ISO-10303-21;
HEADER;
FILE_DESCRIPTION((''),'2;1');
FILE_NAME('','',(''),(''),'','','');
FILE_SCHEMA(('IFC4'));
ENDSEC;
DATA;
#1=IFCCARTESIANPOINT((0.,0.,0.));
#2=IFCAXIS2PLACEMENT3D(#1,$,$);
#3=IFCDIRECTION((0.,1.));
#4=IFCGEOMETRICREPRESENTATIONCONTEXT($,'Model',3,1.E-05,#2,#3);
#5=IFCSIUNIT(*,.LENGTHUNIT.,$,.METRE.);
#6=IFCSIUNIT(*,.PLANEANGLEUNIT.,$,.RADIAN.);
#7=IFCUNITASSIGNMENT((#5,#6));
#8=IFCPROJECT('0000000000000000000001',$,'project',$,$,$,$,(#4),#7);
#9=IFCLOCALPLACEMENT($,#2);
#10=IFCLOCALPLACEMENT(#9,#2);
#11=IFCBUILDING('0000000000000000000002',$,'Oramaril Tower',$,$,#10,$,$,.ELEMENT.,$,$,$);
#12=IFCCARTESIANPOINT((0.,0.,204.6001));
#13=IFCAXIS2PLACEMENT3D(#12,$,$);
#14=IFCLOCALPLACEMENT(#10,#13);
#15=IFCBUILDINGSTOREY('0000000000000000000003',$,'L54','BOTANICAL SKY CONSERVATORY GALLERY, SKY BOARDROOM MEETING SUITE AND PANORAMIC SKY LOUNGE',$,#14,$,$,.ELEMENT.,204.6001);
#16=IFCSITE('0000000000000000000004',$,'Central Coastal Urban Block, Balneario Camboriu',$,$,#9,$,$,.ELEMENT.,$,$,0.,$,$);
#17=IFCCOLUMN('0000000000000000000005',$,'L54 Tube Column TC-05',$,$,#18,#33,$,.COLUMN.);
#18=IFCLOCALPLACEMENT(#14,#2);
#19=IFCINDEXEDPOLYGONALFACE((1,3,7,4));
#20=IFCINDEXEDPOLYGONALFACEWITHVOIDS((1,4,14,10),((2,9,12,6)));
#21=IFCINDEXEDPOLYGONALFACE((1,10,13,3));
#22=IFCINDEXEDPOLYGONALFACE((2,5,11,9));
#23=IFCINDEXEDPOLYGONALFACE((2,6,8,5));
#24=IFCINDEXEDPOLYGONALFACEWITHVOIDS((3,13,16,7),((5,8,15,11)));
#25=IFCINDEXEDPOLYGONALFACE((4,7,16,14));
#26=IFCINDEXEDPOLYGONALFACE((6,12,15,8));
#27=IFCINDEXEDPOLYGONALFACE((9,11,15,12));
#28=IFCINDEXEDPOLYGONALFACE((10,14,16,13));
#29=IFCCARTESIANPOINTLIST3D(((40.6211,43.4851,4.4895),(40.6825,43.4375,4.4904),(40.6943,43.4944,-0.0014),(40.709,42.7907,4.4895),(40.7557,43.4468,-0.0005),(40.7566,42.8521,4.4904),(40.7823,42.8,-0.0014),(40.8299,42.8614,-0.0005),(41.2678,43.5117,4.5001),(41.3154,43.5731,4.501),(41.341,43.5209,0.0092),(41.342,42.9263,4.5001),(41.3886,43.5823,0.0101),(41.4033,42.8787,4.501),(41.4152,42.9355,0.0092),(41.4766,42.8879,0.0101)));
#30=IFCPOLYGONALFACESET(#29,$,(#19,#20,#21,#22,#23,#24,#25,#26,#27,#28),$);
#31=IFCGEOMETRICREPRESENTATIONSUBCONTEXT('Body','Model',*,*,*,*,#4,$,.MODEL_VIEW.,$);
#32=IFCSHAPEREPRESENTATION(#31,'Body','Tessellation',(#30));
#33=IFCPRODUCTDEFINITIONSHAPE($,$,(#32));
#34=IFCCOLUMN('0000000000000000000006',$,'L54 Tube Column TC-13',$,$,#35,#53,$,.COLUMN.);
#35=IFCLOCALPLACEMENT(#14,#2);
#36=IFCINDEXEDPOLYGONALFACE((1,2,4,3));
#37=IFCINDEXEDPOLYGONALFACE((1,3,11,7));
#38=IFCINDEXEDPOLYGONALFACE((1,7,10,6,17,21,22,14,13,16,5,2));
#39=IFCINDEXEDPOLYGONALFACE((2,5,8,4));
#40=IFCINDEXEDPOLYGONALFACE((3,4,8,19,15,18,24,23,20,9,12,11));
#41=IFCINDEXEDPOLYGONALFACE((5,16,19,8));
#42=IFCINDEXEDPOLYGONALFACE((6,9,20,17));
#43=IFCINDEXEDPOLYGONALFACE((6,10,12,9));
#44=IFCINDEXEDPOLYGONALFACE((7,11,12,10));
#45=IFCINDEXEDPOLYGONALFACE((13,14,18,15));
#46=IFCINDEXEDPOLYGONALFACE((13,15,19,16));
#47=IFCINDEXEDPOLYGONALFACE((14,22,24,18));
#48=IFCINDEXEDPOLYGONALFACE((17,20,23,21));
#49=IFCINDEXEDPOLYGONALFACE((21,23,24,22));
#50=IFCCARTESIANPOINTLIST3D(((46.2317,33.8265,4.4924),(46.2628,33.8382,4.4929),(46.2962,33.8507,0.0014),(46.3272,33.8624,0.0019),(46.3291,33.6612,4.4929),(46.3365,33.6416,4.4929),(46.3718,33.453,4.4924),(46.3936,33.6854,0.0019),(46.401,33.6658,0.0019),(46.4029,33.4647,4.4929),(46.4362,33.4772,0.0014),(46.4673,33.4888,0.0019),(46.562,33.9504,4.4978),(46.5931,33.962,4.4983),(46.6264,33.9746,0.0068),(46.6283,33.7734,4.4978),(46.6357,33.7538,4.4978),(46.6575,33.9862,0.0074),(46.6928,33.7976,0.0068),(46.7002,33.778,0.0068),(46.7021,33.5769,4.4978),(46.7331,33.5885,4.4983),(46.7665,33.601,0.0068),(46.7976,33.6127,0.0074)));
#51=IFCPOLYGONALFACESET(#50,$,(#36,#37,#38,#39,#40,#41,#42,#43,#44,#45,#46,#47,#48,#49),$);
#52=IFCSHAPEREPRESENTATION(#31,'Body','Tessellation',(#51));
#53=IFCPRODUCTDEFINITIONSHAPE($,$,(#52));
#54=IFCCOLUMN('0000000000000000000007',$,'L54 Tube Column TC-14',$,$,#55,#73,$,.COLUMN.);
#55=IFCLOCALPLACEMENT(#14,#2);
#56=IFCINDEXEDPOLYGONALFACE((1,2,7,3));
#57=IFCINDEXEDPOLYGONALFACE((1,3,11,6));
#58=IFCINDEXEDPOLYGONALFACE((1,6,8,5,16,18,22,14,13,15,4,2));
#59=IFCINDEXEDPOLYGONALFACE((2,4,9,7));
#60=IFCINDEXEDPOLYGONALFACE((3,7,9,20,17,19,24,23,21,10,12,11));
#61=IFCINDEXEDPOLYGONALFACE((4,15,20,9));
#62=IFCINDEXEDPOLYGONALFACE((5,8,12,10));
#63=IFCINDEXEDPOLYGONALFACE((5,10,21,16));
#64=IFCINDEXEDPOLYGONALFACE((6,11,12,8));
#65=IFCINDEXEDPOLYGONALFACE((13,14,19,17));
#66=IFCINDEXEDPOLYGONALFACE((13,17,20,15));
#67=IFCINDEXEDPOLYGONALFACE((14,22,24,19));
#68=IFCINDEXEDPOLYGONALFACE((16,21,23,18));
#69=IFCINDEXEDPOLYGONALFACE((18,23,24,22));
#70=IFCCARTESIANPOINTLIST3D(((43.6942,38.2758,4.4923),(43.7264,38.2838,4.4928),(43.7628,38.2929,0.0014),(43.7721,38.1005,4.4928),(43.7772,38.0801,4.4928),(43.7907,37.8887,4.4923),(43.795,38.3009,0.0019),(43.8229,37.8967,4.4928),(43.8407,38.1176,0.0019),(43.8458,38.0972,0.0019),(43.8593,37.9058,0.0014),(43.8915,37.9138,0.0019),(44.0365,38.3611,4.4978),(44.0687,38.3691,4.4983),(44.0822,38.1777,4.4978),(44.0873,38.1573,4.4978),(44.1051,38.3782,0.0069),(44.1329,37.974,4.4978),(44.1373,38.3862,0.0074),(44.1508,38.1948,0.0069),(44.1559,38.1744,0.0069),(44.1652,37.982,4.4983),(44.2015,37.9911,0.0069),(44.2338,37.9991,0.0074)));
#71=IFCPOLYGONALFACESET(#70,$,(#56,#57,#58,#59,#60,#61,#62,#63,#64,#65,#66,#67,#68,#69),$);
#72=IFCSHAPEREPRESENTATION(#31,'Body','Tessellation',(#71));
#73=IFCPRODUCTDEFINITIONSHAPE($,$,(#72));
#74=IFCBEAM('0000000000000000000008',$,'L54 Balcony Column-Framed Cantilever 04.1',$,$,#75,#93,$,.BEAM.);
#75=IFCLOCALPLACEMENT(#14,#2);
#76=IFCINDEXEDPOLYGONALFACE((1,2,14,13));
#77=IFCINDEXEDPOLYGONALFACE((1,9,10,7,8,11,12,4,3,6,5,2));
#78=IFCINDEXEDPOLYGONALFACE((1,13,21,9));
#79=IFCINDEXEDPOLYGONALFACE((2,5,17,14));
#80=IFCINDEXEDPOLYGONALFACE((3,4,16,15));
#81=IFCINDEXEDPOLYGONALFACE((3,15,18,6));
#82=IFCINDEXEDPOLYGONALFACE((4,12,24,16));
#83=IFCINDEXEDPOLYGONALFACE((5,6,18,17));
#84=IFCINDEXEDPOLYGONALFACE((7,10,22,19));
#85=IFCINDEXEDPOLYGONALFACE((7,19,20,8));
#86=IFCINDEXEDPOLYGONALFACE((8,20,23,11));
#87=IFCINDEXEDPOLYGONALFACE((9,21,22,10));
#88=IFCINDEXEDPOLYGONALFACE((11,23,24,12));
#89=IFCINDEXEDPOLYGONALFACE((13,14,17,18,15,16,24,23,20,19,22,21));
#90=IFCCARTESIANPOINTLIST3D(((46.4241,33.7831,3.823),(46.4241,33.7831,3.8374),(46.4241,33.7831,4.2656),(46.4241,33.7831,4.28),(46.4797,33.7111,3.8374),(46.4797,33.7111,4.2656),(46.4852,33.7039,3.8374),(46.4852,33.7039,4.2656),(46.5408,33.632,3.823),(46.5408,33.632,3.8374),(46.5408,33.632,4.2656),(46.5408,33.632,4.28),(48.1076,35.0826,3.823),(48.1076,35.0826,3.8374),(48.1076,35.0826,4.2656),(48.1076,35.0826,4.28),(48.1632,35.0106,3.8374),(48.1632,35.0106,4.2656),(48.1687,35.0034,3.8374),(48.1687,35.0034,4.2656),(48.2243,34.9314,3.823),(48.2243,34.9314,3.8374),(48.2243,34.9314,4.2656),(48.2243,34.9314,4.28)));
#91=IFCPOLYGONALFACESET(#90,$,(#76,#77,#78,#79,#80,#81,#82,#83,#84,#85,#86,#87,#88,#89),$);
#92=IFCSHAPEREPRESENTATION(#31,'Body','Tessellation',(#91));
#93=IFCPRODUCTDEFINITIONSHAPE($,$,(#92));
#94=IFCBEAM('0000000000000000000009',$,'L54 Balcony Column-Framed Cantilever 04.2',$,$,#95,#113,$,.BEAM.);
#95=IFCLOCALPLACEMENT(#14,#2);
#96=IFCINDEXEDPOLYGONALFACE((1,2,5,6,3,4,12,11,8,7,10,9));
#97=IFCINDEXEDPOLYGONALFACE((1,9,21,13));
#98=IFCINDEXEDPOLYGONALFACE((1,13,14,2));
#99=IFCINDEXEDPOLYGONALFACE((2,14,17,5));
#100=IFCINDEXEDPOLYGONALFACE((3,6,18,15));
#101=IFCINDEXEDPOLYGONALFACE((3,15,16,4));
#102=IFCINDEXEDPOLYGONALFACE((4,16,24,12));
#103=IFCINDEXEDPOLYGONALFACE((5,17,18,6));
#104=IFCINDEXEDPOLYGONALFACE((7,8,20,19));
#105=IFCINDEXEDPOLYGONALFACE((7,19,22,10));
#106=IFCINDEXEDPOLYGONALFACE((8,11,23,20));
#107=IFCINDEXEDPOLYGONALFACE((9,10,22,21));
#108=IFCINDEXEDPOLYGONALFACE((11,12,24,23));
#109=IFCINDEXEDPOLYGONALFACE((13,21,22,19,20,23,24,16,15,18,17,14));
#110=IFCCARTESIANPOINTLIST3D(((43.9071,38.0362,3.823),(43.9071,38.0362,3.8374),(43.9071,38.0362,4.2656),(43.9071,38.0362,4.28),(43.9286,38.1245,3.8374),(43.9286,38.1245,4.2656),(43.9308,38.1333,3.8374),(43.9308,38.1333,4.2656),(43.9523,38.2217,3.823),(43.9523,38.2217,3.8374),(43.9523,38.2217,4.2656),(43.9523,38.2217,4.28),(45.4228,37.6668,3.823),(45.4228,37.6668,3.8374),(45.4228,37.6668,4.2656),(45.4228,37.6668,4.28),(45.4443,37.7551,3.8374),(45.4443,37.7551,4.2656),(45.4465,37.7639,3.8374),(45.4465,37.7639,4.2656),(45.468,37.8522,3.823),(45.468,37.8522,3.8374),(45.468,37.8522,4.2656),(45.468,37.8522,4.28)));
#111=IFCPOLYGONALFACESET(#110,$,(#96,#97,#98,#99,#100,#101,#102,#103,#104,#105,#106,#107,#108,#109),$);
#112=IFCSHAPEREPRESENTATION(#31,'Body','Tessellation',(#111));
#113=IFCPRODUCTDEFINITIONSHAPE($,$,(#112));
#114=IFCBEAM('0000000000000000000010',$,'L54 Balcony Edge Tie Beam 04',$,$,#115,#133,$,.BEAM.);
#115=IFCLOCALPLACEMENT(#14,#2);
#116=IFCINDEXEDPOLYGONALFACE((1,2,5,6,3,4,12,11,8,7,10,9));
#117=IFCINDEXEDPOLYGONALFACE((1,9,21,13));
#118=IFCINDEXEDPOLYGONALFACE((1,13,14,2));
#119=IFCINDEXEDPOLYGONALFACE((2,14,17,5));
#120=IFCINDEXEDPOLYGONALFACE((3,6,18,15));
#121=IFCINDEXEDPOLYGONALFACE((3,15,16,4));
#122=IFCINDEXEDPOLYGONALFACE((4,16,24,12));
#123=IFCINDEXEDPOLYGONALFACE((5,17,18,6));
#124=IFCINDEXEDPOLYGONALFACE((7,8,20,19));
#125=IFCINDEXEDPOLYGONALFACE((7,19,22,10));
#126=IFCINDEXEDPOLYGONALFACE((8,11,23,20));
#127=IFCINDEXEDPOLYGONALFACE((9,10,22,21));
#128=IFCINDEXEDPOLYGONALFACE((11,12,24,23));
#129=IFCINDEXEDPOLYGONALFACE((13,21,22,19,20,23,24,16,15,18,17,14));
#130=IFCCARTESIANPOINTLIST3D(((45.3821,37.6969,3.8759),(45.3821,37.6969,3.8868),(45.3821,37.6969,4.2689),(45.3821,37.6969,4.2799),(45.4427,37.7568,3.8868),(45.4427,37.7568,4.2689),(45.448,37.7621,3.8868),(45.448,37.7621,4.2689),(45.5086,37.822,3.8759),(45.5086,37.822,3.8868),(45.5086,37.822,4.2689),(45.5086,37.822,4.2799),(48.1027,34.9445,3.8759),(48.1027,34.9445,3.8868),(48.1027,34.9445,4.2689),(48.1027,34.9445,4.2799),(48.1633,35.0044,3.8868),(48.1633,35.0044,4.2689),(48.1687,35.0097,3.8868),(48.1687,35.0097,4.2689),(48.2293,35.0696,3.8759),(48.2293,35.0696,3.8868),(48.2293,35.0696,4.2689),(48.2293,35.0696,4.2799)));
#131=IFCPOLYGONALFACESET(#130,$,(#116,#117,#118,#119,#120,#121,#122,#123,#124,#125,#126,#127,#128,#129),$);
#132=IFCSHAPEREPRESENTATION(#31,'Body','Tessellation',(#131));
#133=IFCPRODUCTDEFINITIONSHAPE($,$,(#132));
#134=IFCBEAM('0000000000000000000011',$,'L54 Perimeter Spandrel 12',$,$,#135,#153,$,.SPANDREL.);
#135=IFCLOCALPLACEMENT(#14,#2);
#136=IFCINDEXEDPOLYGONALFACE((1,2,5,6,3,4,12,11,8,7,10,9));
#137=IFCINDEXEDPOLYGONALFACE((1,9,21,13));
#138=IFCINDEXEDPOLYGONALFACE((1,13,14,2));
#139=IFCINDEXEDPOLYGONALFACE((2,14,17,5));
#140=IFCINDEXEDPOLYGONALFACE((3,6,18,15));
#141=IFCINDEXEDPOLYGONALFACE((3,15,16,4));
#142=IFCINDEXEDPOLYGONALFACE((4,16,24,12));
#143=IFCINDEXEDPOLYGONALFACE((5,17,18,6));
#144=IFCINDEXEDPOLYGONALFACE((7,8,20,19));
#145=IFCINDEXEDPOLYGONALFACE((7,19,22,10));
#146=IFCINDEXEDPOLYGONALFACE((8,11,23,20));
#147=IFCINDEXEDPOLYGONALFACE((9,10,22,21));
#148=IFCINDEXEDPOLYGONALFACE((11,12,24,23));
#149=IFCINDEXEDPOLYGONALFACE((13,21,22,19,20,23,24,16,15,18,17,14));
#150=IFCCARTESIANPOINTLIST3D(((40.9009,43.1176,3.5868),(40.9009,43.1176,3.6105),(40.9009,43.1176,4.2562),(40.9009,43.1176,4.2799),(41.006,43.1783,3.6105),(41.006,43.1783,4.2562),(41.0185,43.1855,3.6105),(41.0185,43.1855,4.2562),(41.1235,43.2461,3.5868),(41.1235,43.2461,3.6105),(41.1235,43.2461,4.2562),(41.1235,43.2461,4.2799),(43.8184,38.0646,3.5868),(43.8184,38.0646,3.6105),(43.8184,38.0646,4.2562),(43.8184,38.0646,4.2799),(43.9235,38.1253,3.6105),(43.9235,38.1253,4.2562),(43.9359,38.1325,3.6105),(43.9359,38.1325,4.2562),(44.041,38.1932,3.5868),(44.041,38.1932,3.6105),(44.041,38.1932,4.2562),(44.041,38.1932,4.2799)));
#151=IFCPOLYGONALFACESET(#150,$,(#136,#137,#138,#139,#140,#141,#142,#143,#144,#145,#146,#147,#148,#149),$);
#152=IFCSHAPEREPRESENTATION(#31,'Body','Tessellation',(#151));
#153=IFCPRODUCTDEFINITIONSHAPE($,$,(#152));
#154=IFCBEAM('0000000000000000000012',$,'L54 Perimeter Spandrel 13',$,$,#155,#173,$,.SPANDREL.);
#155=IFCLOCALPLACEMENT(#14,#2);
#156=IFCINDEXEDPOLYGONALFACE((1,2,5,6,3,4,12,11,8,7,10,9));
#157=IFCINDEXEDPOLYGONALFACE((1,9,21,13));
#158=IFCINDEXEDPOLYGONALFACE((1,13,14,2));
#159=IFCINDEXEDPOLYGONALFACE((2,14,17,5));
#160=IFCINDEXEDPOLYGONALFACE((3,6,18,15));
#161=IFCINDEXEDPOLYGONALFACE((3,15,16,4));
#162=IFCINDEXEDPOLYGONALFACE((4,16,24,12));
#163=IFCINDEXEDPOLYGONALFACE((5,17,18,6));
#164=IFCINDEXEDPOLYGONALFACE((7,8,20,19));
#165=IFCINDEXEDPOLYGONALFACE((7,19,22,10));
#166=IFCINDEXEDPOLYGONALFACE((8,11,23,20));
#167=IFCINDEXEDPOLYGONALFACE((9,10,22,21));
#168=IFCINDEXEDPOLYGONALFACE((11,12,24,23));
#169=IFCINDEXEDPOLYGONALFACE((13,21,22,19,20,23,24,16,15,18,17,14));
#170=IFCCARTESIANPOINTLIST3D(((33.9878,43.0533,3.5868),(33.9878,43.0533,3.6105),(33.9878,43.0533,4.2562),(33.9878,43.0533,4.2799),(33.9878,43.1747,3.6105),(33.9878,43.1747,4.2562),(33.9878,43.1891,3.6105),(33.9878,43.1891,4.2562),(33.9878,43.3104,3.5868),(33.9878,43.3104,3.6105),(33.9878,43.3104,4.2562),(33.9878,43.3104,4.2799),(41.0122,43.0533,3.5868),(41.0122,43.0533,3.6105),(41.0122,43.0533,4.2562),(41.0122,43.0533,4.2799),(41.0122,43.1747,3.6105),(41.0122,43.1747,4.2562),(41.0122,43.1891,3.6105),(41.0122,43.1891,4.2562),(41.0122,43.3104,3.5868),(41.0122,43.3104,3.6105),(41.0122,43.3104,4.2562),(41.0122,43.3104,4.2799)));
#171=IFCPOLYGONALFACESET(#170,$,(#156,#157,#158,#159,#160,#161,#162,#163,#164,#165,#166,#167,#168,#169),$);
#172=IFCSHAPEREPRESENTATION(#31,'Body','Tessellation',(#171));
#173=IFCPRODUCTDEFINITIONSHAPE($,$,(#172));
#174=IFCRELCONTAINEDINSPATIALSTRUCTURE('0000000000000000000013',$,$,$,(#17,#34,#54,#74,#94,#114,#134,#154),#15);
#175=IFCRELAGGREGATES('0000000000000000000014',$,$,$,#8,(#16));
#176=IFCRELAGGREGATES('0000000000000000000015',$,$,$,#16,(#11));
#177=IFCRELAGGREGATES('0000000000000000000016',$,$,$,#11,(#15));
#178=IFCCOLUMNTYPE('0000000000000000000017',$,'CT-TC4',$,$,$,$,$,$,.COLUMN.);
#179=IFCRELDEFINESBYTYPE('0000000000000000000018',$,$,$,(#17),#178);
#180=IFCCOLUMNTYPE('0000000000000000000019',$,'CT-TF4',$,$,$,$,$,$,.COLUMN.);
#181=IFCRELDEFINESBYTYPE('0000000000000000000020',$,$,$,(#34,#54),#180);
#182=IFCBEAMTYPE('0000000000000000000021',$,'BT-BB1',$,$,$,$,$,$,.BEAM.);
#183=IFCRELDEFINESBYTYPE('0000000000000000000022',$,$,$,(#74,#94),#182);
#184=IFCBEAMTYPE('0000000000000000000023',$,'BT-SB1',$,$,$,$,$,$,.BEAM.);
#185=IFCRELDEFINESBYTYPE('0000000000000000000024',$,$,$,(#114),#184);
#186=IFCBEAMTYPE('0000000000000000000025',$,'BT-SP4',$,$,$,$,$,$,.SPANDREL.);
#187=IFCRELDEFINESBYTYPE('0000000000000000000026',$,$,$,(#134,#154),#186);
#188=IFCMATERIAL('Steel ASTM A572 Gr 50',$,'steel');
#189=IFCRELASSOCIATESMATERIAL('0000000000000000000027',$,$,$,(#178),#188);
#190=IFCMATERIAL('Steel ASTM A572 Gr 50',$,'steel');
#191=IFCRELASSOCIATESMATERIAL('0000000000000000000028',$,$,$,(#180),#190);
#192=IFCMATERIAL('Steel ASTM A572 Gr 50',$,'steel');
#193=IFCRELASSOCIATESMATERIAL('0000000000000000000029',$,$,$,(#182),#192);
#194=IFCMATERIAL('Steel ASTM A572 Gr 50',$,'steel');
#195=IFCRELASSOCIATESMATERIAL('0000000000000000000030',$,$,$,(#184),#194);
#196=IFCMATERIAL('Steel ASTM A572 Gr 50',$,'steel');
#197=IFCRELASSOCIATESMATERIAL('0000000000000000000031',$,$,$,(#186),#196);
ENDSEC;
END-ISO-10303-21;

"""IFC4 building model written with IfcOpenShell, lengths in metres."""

from ifc_helpers import new_model, si_unit, direction, frame, origin, origin_2d, place, context, subcontext, project, spatial, hollow_rectangle, i_section, extrude, material, material_profile, profile_set, type_object, element, save


model = new_model("IFC4")

# Units and contexts
model_context = context("Model", 3, precision=1e-05, world=origin(), true_north=direction((0.0, 1.0)))
body_context = subcontext(model_context, "Body", "Model", "MODEL_VIEW")
ifc_project = project(units=[si_unit("LENGTHUNIT", "METRE"), si_unit("PLANEANGLEUNIT", "RADIAN")], contexts=[model_context])

# Site, building, storey
site_placement = place(None, origin())
site = spatial("IfcSite", under=ifc_project, at=site_placement, Name="Central Coastal Urban Block, Balneario Camboriu", CompositionType="ELEMENT", RefElevation=0.0)
building_placement = place(site_placement, origin())
building = spatial("IfcBuilding", under=site, at=building_placement, Name="Oramaril Tower", CompositionType="ELEMENT")
storey_placement = place(building_placement, frame((0.0, 0.0, 204.6001)))
storey = spatial("IfcBuildingStorey", under=building, at=storey_placement, Name="L54", Description="BOTANICAL SKY CONSERVATORY GALLERY, SKY BOARDROOM MEETING SUITE AND PANORAMIC SKY LOUNGE", CompositionType="ELEMENT", Elevation=204.6001)

# Columns
ifc_material_1 = material(Name="Steel ASTM A572 Gr 50", Category="steel")
ifc_material_profile_1 = material_profile(ifc_material_1, hollow_rectangle(XDim=0.7, YDim=0.7, WallThickness=0.0549, at=origin_2d()), Name="BOX700X700X55")
ifc_profile_set_1 = profile_set([ifc_material_profile_1], Name="Steel ASTM A572 Gr 50")
column_type_1 = type_object("IfcColumnType", Name="CT-TC4", PredefinedType="COLUMN", material=ifc_profile_set_1)
column_placement = place(storey_placement, frame((41.0854, 43.1912, 0.0044), z_axis=(-0.016307, -0.002065, 0.999865), x_axis=(0.125663, -0.992073, 0.0)))
element("IfcColumn", 1, at=column_placement, inside=storey, type_object=column_type_1, Name="L54 Tube Column TC-05", PredefinedType="COLUMN", context=body_context, shape_type="SweptSolid", body=[
    extrude(hollow_rectangle(XDim=0.7, YDim=0.7, WallThickness=0.0549, at=origin_2d()), origin(), (0.0, 0.0, 1.0), 4.4915),
])
ifc_material_2 = material(Name="Steel ASTM A572 Gr 50", Category="steel")
ifc_material_profile_2 = material_profile(ifc_material_2, i_section(OverallWidth=0.3989, OverallDepth=0.386, WebThickness=0.021, FlangeThickness=0.0332, at=origin_2d()), Name="W14X176")
ifc_profile_set_2 = profile_set([ifc_material_profile_2], Name="Steel ASTM A572 Gr 50")
column_type_2 = type_object("IfcColumnType", Name="CT-TF4", PredefinedType="COLUMN", material=ifc_profile_set_2)
for number, where, z_axis, x_axis, name in (
    (2, (46.5469, 33.7317, 0.0044), (-0.01435, -0.005381, 0.999883), (0.351123, -0.936329, 0.0), "L54 Tube Column TC-13"),
    (3, (43.9983, 38.146, 0.0044), (-0.015274, -0.003805, 0.999876), (0.241723, -0.970345, 0.0), "L54 Tube Column TC-14"),
):
    element("IfcColumn", number, at=place(storey_placement, frame(where, z_axis=z_axis, x_axis=x_axis)), inside=storey, type_object=column_type_2, Name=name, PredefinedType="COLUMN", context=body_context, shape_type="SweptSolid", body=[
        extrude(i_section(OverallWidth=0.3989, OverallDepth=0.386, WebThickness=0.021, FlangeThickness=0.0332, at=origin_2d()), origin(), (0.0, 0.0, 1.0), 4.4915),
    ])

# Beams
ifc_material_3 = material(Name="Steel ASTM A572 Gr 50", Category="steel")
ifc_material_profile_3 = material_profile(ifc_material_3, i_section(OverallWidth=0.1909, OverallDepth=0.457, WebThickness=0.009, FlangeThickness=0.0144, at=origin_2d()), Name="W18X50")
ifc_profile_set_3 = profile_set([ifc_material_profile_3], Name="Steel ASTM A572 Gr 50")
beam_type_1 = type_object("IfcBeamType", Name="BT-BB1", PredefinedType="BEAM", material=ifc_profile_set_3)
beam_1_placement = place(storey_placement, frame((46.4824, 33.7075, 4.0515), z_axis=(0.791603, 0.611036, 0.0), x_axis=(-0.611036, 0.791603, 0.0)))
element("IfcBeam", 4, at=beam_1_placement, inside=storey, type_object=beam_type_1, Name="L54 Balcony Column-Framed Cantilever 04.1", PredefinedType="BEAM", context=body_context, shape_type="SweptSolid", body=[
    extrude(i_section(OverallWidth=0.1909, OverallDepth=0.457, WebThickness=0.009, FlangeThickness=0.0144, at=origin_2d()), origin(), (0.0, 0.0, 1.0), 2.1267),
])
beam_2_placement = place(storey_placement, frame((43.9297, 38.1289, 4.0515), z_axis=(0.971562, -0.236787, 0.0), x_axis=(0.236787, 0.971562, 0.0)))
element("IfcBeam", 5, at=beam_2_placement, inside=storey, type_object=beam_type_1, Name="L54 Balcony Column-Framed Cantilever 04.2", PredefinedType="BEAM", context=body_context, shape_type="SweptSolid", body=[
    extrude(i_section(OverallWidth=0.1909, OverallDepth=0.457, WebThickness=0.009, FlangeThickness=0.0144, at=origin_2d()), origin(), (0.0, 0.0, 1.0), 1.5601),
])
ifc_material_4 = material(Name="Steel ASTM A572 Gr 50", Category="steel")
ifc_material_profile_4 = material_profile(ifc_material_4, i_section(OverallWidth=0.178, OverallDepth=0.4041, WebThickness=0.0076, FlangeThickness=0.011, at=origin_2d()), Name="W16X36")
ifc_profile_set_4 = profile_set([ifc_material_profile_4], Name="Steel ASTM A572 Gr 50")
beam_type_2 = type_object("IfcBeamType", Name="BT-SB1", PredefinedType="BEAM", material=ifc_profile_set_4)
beam_3_placement = place(storey_placement, frame((48.166, 35.0071, 4.0779), z_axis=(-0.702995, 0.711195, 0.0), x_axis=(-0.711195, -0.702995, 0.0)))
element("IfcBeam", 6, at=beam_3_placement, inside=storey, type_object=beam_type_2, Name="L54 Balcony Edge Tie Beam 04", PredefinedType="BEAM", context=body_context, shape_type="SweptSolid", body=[
    extrude(i_section(OverallWidth=0.178, OverallDepth=0.4041, WebThickness=0.0076, FlangeThickness=0.011, at=origin_2d()), origin(), (0.0, 0.0, 1.0), 3.8701),
])
ifc_material_5 = material(Name="Steel ASTM A572 Gr 50", Category="steel")
ifc_material_profile_5 = material_profile(ifc_material_5, i_section(OverallWidth=0.2571, OverallDepth=0.6931, WebThickness=0.0144, FlangeThickness=0.0237, at=origin_2d()), Name="W27X114")
ifc_profile_set_5 = profile_set([ifc_material_profile_5], Name="Steel ASTM A572 Gr 50")
beam_type_3 = type_object("IfcBeamType", Name="BT-SP4", PredefinedType="SPANDREL", material=ifc_profile_set_5)
beam_4_placement = place(storey_placement, frame((43.9297, 38.1289, 3.9333), z_axis=(-0.500018, 0.866015, 0.0), x_axis=(-0.866015, -0.500018, 0.0)))
element("IfcBeam", 7, at=beam_4_placement, inside=storey, type_object=beam_type_3, Name="L54 Perimeter Spandrel 12", PredefinedType="SPANDREL", context=body_context, shape_type="SweptSolid", body=[
    extrude(i_section(OverallWidth=0.2571, OverallDepth=0.6931, WebThickness=0.0144, FlangeThickness=0.0237, at=origin_2d()), origin(), (0.0, 0.0, 1.0), 5.8347),
])
beam_5_placement = place(storey_placement, frame((41.0122, 43.1819, 3.9333), z_axis=(-1.0, 0.0, 0.0), x_axis=(0.0, -1.0, 0.0)))
element("IfcBeam", 8, at=beam_5_placement, inside=storey, type_object=beam_type_3, Name="L54 Perimeter Spandrel 13", PredefinedType="SPANDREL", context=body_context, shape_type="SweptSolid", body=[
    extrude(i_section(OverallWidth=0.2571, OverallDepth=0.6931, WebThickness=0.0144, FlangeThickness=0.0237, at=origin_2d()), origin(), (0.0, 0.0, 1.0), 7.0244),
])

save(model, "model.ifc")
